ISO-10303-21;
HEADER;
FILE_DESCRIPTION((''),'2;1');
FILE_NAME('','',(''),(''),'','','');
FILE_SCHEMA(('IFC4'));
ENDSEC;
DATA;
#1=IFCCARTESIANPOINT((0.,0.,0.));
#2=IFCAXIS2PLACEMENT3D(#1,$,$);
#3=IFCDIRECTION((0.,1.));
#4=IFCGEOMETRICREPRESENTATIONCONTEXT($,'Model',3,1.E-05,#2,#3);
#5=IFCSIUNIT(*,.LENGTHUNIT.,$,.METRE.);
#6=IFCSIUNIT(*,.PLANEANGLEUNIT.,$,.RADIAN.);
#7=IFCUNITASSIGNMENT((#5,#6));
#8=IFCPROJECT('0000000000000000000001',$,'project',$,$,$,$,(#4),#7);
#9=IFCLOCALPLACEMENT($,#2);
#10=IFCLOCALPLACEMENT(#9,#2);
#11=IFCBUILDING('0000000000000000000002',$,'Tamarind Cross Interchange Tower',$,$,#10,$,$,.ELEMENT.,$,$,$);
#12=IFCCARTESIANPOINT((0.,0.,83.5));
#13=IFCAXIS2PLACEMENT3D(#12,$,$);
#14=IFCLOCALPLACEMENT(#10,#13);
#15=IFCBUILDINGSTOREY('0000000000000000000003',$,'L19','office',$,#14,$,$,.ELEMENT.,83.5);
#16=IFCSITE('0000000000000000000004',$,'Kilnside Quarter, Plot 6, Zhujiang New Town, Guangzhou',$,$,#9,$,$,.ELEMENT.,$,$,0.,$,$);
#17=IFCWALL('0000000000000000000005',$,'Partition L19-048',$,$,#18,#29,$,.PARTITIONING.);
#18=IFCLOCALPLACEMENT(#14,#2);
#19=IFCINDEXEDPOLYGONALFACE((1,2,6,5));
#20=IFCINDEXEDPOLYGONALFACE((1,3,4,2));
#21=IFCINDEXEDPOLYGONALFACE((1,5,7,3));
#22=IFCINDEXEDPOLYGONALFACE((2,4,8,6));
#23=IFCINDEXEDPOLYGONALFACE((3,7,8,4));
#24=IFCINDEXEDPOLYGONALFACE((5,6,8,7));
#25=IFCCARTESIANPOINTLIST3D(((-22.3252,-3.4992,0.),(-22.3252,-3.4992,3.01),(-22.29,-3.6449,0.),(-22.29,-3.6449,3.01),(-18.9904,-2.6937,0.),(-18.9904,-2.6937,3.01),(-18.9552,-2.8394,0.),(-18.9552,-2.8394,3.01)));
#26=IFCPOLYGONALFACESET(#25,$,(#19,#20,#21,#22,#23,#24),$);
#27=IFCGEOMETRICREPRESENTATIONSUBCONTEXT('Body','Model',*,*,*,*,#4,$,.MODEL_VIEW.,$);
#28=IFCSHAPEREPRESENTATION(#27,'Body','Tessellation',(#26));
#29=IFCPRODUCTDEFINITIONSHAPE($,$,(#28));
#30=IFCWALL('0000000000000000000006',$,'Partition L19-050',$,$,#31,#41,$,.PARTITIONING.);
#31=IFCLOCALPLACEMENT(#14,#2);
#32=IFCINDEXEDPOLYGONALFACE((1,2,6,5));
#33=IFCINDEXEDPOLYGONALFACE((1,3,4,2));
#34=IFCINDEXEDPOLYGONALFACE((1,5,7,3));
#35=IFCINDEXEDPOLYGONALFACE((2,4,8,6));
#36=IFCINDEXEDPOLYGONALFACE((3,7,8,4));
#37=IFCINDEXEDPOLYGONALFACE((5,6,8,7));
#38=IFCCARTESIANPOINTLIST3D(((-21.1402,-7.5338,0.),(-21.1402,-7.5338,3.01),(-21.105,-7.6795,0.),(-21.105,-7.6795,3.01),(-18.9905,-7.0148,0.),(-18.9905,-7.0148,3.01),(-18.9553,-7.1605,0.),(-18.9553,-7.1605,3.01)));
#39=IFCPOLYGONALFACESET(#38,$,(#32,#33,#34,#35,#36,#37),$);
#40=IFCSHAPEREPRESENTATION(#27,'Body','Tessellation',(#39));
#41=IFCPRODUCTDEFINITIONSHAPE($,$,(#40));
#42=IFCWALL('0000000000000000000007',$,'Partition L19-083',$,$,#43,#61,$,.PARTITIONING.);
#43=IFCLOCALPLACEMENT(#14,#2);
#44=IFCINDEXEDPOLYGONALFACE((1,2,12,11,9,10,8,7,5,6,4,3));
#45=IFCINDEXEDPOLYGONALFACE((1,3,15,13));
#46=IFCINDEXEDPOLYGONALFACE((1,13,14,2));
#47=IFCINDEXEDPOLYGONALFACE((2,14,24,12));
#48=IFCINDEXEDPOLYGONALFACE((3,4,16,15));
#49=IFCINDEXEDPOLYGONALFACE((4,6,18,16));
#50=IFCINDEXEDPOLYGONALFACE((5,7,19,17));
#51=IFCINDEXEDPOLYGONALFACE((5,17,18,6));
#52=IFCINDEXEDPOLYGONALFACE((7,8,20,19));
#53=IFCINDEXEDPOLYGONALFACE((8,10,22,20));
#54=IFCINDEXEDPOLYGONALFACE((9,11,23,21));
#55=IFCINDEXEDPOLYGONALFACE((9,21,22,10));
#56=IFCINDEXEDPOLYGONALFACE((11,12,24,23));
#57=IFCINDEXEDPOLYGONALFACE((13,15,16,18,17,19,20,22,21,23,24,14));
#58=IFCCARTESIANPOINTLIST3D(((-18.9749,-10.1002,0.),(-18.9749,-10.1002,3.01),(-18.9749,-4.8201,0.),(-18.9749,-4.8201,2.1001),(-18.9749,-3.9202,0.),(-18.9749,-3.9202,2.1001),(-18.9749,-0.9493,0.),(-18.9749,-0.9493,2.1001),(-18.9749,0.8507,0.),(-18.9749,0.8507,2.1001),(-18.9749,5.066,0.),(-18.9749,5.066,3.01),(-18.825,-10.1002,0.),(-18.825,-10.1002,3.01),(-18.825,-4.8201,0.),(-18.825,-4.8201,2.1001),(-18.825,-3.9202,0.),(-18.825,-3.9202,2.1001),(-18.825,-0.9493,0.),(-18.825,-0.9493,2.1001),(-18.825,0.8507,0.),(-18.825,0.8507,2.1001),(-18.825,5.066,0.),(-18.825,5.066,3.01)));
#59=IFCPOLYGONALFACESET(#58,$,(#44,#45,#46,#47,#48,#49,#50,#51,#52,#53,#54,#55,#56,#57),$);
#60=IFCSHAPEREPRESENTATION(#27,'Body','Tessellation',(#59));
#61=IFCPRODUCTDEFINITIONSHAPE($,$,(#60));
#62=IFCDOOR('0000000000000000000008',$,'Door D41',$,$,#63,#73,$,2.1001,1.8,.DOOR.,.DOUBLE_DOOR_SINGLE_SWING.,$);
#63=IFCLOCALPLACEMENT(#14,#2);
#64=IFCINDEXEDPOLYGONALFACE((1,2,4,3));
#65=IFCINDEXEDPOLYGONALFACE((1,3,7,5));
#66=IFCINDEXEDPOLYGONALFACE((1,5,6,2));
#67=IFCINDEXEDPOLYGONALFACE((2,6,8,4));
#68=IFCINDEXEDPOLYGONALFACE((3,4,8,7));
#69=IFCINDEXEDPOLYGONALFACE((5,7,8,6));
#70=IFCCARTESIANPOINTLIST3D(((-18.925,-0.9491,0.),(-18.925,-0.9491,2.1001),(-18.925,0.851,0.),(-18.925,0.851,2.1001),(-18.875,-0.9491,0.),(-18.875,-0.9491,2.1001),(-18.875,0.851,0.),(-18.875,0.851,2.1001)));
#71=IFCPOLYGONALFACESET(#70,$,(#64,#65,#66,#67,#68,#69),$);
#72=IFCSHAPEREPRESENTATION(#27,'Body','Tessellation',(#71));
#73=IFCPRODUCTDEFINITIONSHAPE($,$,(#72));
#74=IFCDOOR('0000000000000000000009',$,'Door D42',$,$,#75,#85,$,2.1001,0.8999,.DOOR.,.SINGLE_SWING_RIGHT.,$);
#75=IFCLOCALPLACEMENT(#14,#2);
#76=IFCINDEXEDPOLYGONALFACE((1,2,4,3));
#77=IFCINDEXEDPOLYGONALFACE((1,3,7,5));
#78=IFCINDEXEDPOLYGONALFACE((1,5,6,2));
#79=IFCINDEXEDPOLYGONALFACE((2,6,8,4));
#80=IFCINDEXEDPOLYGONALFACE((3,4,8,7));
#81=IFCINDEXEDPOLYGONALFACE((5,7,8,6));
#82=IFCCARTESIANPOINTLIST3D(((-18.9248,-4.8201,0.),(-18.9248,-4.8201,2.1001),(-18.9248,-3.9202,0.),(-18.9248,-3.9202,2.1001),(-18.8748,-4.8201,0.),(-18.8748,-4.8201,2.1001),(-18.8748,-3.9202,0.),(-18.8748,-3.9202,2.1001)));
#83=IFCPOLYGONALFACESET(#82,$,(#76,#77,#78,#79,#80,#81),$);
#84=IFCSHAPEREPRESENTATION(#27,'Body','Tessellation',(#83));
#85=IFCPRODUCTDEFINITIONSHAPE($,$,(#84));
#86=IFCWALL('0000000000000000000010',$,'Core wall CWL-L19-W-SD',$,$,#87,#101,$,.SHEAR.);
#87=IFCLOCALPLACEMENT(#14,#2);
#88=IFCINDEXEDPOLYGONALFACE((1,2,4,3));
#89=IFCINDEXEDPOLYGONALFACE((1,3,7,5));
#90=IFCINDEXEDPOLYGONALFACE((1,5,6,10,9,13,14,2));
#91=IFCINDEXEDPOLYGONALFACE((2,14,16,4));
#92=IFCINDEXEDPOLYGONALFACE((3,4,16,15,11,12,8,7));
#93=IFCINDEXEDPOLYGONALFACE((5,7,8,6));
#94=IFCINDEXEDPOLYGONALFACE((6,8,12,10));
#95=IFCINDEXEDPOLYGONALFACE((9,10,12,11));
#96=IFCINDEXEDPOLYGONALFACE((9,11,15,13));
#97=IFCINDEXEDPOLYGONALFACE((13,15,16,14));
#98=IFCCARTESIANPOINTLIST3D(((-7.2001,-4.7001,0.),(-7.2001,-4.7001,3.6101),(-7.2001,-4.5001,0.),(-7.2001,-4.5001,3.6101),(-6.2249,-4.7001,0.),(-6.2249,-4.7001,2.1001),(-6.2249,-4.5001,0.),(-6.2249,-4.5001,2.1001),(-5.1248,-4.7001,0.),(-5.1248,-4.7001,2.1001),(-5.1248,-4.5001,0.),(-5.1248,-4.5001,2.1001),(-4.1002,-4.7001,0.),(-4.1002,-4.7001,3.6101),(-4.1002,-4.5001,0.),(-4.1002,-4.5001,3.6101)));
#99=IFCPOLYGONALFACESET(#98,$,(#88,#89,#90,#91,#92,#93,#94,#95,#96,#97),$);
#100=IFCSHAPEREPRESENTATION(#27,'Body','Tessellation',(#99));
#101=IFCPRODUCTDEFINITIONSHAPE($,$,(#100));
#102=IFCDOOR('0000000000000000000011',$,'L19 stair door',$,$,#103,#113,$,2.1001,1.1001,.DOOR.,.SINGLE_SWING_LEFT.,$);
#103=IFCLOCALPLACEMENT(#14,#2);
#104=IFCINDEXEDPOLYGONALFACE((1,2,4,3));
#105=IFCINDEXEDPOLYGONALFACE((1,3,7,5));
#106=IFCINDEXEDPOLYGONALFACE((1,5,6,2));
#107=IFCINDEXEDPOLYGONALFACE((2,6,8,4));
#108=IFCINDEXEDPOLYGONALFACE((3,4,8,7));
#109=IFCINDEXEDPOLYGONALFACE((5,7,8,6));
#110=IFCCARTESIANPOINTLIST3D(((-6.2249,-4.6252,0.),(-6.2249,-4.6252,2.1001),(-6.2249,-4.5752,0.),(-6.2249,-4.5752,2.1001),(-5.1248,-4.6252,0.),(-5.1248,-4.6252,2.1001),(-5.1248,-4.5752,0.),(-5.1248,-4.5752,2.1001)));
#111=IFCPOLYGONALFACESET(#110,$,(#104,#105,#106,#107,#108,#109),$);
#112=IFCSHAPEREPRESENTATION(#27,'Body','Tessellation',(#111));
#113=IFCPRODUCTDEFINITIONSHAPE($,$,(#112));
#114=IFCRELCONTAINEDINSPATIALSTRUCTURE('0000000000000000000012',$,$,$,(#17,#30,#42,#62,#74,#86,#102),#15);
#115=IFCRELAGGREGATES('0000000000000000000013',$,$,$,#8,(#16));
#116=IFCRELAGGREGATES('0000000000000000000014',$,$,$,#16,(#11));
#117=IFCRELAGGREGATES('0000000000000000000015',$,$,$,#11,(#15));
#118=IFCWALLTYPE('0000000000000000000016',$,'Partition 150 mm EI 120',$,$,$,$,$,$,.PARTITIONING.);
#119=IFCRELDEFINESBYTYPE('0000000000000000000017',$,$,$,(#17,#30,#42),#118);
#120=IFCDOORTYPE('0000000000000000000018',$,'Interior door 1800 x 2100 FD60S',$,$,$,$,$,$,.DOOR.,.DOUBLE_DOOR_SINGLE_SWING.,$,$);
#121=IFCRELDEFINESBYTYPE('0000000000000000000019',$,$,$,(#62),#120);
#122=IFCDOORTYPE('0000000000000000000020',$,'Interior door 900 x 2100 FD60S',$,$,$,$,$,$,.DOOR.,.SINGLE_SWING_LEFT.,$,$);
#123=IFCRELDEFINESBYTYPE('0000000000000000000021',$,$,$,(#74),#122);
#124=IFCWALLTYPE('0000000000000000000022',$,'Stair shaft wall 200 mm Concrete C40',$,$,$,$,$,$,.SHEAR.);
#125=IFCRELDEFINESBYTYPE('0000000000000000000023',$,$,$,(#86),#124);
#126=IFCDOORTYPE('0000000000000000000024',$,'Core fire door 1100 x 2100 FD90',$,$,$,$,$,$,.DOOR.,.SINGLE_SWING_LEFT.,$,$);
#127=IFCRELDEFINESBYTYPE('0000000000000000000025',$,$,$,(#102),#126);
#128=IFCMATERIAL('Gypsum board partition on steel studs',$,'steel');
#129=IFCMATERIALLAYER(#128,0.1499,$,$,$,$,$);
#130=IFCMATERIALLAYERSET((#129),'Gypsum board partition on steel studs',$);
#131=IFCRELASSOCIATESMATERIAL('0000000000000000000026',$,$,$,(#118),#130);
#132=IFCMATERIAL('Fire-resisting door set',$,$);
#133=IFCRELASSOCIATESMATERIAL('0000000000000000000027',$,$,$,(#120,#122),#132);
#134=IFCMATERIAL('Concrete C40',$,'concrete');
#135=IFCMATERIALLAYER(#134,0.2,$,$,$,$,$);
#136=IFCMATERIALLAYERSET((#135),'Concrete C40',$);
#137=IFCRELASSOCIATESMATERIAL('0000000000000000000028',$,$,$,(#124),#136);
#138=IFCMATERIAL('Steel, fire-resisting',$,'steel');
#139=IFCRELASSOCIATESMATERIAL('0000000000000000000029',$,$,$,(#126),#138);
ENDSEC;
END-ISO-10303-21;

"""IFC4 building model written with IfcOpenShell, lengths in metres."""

from ifc_helpers import new_model, si_unit, direction, frame, frame_2d, origin, place, context, subcontext, project, spatial, rectangle, extrude, material, layer, layer_set, type_object, element, fill, save


model = new_model("IFC4")

# Units and contexts
model_context = context("Model", 3, precision=1e-05, world=origin(), true_north=direction((0.0, 1.0)))
body_context = subcontext(model_context, "Body", "Model", "MODEL_VIEW")
ifc_project = project(units=[si_unit("LENGTHUNIT", "METRE"), si_unit("PLANEANGLEUNIT", "RADIAN")], contexts=[model_context])

# Site, building, storey
site_placement = place(None, origin())
site = spatial("IfcSite", under=ifc_project, at=site_placement, Name="Kilnside Quarter, Plot 6, Zhujiang New Town, Guangzhou", CompositionType="ELEMENT", RefElevation=0.0)
building_placement = place(site_placement, origin())
building = spatial("IfcBuilding", under=site, at=building_placement, Name="Tamarind Cross Interchange Tower", CompositionType="ELEMENT")
storey_placement = place(building_placement, frame((0.0, 0.0, 83.5)))
storey = spatial("IfcBuildingStorey", under=building, at=storey_placement, Name="L19", Description="office", CompositionType="ELEMENT", Elevation=83.5)

# Shared definitions
ifc_material_1 = material(Name="Steel, fire-resisting", Category="steel")

# Walls
ifc_material_2 = material(Name="Gypsum board partition on steel studs", Category="steel")
ifc_layer_1 = layer(ifc_material_2, 0.1499)
ifc_layer_set_1 = layer_set([ifc_layer_1], Name="Gypsum board partition on steel studs")
wall_type_1 = type_object("IfcWallType", Name="Partition 150 mm EI 120", PredefinedType="PARTITIONING", material=ifc_layer_set_1)
wall_1_placement = place(storey_placement, frame((-22.3076, -3.572, 0.0), z_axis=(0.0, 0.0, 1.0), x_axis=(0.97205, 0.234775, 0.0)))
element("IfcWall", 1, at=wall_1_placement, inside=storey, type_object=wall_type_1, Name="Partition L19-048", PredefinedType="PARTITIONING", context=body_context, shape_type="SweptSolid", body=[
    extrude(rectangle(XDim=3.4307, YDim=0.1499, at=frame_2d((1.7153, 0.0))), origin(), (0.0, 0.0, 1.0), 3.01),
])
wall_2_placement = place(storey_placement, frame((-21.1226, -7.6067, 0.0), z_axis=(0.0, 0.0, 1.0), x_axis=(0.972066, 0.234709, 0.0)))
element("IfcWall", 2, at=wall_2_placement, inside=storey, type_object=wall_type_1, Name="Partition L19-050", PredefinedType="PARTITIONING", context=body_context, shape_type="SweptSolid", body=[
    extrude(rectangle(XDim=2.2114, YDim=0.1499, at=frame_2d((1.1057, 0.0))), origin(), (0.0, 0.0, 1.0), 3.01),
])

# Wall, openings, doors
wall_3_placement = place(storey_placement, frame((-18.8999, -10.1001, 0.0), z_axis=(0.0, 0.0, 1.0), x_axis=(0.0, 1.0, 0.0)))
wall_3 = element("IfcWall", 3, at=wall_3_placement, inside=storey, type_object=wall_type_1, Name="Partition L19-083", PredefinedType="PARTITIONING", context=body_context, shape_type="SweptSolid", body=[
    extrude(rectangle(XDim=15.1663, YDim=0.1499, at=frame_2d((7.583, 0.0))), origin(), (0.0, 0.0, 1.0), 3.01),
])
opening_1_placement = place(wall_3_placement, frame((9.1509, 0.0, 0.0)))
opening_1 = element("IfcOpeningElement", 4, at=opening_1_placement, cuts=wall_3, PredefinedType="OPENING", context=body_context, shape_type="SweptSolid", body=[
    extrude(rectangle(XDim=1.8, YDim=2.1001, at=frame_2d((0.8999, 1.05))), frame((0.0, 0.085, 0.0), z_axis=(0.0, -1.0, 0.0), x_axis=(1.0, 0.0, 0.0)), (0.0, 0.0, 1.0), 0.1699),
])
opening_2_placement = place(wall_3_placement, frame((5.28, 0.0, 0.0)))
opening_2 = element("IfcOpeningElement", 5, at=opening_2_placement, cuts=wall_3, PredefinedType="OPENING", context=body_context, shape_type="SweptSolid", body=[
    extrude(rectangle(XDim=0.8999, YDim=2.1001, at=frame_2d((0.45, 1.05))), frame((0.0, 0.085, 0.0), z_axis=(0.0, -1.0, 0.0), x_axis=(1.0, 0.0, 0.0)), (0.0, 0.0, 1.0), 0.1699),
])
ifc_material_3 = material(Name="Fire-resisting door set")
door_type_1 = type_object("IfcDoorType", Name="Interior door 1800 x 2100 FD60S", OperationType="DOUBLE_DOOR_SINGLE_SWING", PredefinedType="DOOR", material=ifc_material_3)
door_1_placement = place(opening_1_placement, frame((1.8, 0.0, 0.0), z_axis=(0.0, 0.0, 1.0), x_axis=(-1.0, 0.0, 0.0)))
door_1 = element("IfcDoor", 6, at=door_1_placement, inside=storey, type_object=door_type_1, Name="Door D41", OperationType="DOUBLE_DOOR_SINGLE_SWING", OverallHeight=2.1001, OverallWidth=1.8, PredefinedType="DOOR", context=body_context, shape_type="SweptSolid", body=[
    extrude(rectangle(XDim=1.8, YDim=2.1001, at=frame_2d((0.8999, 1.05))), frame((0.0, 0.0249, 0.0), z_axis=(0.0, -1.0, 0.0), x_axis=(1.0, 0.0, 0.0)), (0.0, 0.0, 1.0), 0.05),
])
fill(opening_1, door_1)
door_type_2 = type_object("IfcDoorType", Name="Interior door 900 x 2100 FD60S", OperationType="SINGLE_SWING_LEFT", PredefinedType="DOOR", material=ifc_material_3)
door_2_placement = place(opening_2_placement, origin())
door_2 = element("IfcDoor", 7, at=door_2_placement, inside=storey, type_object=door_type_2, Name="Door D42", OperationType="SINGLE_SWING_RIGHT", OverallHeight=2.1001, OverallWidth=0.8999, PredefinedType="DOOR", context=body_context, shape_type="SweptSolid", body=[
    extrude(rectangle(XDim=0.8999, YDim=2.1001, at=frame_2d((0.45, 1.05))), frame((0.0, 0.0249, 0.0), z_axis=(0.0, -1.0, 0.0), x_axis=(1.0, 0.0, 0.0)), (0.0, 0.0, 1.0), 0.05),
])
fill(opening_2, door_2)

# Wall, opening, door
ifc_material_4 = material(Name="Concrete C40", Category="concrete")
ifc_layer_2 = layer(ifc_material_4, 0.2)
ifc_layer_set_2 = layer_set([ifc_layer_2], Name="Concrete C40")
wall_type_2 = type_object("IfcWallType", Name="Stair shaft wall 200 mm Concrete C40", PredefinedType="SHEAR", material=ifc_layer_set_2)
wall_4_placement = place(storey_placement, frame((-7.2, -4.6001, 0.0), z_axis=(0.0, 0.0, 1.0), x_axis=(1.0, 0.0, 0.0)))
wall_4 = element("IfcWall", 8, at=wall_4_placement, inside=storey, type_object=wall_type_2, Name="Core wall CWL-L19-W-SD", PredefinedType="SHEAR", context=body_context, shape_type="SweptSolid", body=[
    extrude(rectangle(XDim=3.0999, YDim=0.2, at=frame_2d((1.5498, 0.0))), origin(), (0.0, 0.0, 1.0), 3.6101),
])
opening_3_placement = place(wall_4_placement, frame((0.9751, 0.0, 0.0)))
opening_3 = element("IfcOpeningElement", 9, at=opening_3_placement, cuts=wall_4, PredefinedType="OPENING", context=body_context, shape_type="SweptSolid", body=[
    extrude(rectangle(XDim=1.1001, YDim=2.1001, at=frame_2d((0.55, 1.05))), frame((0.0, 0.1099, 0.0), z_axis=(0.0, -1.0, 0.0), x_axis=(1.0, 0.0, 0.0)), (0.0, 0.0, 1.0), 0.22),
])
door_type_3 = type_object("IfcDoorType", Name="Core fire door 1100 x 2100 FD90", OperationType="SINGLE_SWING_LEFT", PredefinedType="DOOR", material=ifc_material_1)
door_3_placement = place(opening_3_placement, origin())
door_3 = element("IfcDoor", 10, at=door_3_placement, inside=storey, type_object=door_type_3, Name="L19 stair door", OperationType="SINGLE_SWING_LEFT", OverallHeight=2.1001, OverallWidth=1.1001, PredefinedType="DOOR", context=body_context, shape_type="SweptSolid", body=[
    extrude(rectangle(XDim=1.1001, YDim=2.1001, at=frame_2d((0.55, 1.05))), frame((0.0, 0.0249, 0.0), z_axis=(0.0, -1.0, 0.0), x_axis=(1.0, 0.0, 0.0)), (0.0, 0.0, 1.0), 0.05),
])
fill(opening_3, door_3)

save(model, "model.ifc")
